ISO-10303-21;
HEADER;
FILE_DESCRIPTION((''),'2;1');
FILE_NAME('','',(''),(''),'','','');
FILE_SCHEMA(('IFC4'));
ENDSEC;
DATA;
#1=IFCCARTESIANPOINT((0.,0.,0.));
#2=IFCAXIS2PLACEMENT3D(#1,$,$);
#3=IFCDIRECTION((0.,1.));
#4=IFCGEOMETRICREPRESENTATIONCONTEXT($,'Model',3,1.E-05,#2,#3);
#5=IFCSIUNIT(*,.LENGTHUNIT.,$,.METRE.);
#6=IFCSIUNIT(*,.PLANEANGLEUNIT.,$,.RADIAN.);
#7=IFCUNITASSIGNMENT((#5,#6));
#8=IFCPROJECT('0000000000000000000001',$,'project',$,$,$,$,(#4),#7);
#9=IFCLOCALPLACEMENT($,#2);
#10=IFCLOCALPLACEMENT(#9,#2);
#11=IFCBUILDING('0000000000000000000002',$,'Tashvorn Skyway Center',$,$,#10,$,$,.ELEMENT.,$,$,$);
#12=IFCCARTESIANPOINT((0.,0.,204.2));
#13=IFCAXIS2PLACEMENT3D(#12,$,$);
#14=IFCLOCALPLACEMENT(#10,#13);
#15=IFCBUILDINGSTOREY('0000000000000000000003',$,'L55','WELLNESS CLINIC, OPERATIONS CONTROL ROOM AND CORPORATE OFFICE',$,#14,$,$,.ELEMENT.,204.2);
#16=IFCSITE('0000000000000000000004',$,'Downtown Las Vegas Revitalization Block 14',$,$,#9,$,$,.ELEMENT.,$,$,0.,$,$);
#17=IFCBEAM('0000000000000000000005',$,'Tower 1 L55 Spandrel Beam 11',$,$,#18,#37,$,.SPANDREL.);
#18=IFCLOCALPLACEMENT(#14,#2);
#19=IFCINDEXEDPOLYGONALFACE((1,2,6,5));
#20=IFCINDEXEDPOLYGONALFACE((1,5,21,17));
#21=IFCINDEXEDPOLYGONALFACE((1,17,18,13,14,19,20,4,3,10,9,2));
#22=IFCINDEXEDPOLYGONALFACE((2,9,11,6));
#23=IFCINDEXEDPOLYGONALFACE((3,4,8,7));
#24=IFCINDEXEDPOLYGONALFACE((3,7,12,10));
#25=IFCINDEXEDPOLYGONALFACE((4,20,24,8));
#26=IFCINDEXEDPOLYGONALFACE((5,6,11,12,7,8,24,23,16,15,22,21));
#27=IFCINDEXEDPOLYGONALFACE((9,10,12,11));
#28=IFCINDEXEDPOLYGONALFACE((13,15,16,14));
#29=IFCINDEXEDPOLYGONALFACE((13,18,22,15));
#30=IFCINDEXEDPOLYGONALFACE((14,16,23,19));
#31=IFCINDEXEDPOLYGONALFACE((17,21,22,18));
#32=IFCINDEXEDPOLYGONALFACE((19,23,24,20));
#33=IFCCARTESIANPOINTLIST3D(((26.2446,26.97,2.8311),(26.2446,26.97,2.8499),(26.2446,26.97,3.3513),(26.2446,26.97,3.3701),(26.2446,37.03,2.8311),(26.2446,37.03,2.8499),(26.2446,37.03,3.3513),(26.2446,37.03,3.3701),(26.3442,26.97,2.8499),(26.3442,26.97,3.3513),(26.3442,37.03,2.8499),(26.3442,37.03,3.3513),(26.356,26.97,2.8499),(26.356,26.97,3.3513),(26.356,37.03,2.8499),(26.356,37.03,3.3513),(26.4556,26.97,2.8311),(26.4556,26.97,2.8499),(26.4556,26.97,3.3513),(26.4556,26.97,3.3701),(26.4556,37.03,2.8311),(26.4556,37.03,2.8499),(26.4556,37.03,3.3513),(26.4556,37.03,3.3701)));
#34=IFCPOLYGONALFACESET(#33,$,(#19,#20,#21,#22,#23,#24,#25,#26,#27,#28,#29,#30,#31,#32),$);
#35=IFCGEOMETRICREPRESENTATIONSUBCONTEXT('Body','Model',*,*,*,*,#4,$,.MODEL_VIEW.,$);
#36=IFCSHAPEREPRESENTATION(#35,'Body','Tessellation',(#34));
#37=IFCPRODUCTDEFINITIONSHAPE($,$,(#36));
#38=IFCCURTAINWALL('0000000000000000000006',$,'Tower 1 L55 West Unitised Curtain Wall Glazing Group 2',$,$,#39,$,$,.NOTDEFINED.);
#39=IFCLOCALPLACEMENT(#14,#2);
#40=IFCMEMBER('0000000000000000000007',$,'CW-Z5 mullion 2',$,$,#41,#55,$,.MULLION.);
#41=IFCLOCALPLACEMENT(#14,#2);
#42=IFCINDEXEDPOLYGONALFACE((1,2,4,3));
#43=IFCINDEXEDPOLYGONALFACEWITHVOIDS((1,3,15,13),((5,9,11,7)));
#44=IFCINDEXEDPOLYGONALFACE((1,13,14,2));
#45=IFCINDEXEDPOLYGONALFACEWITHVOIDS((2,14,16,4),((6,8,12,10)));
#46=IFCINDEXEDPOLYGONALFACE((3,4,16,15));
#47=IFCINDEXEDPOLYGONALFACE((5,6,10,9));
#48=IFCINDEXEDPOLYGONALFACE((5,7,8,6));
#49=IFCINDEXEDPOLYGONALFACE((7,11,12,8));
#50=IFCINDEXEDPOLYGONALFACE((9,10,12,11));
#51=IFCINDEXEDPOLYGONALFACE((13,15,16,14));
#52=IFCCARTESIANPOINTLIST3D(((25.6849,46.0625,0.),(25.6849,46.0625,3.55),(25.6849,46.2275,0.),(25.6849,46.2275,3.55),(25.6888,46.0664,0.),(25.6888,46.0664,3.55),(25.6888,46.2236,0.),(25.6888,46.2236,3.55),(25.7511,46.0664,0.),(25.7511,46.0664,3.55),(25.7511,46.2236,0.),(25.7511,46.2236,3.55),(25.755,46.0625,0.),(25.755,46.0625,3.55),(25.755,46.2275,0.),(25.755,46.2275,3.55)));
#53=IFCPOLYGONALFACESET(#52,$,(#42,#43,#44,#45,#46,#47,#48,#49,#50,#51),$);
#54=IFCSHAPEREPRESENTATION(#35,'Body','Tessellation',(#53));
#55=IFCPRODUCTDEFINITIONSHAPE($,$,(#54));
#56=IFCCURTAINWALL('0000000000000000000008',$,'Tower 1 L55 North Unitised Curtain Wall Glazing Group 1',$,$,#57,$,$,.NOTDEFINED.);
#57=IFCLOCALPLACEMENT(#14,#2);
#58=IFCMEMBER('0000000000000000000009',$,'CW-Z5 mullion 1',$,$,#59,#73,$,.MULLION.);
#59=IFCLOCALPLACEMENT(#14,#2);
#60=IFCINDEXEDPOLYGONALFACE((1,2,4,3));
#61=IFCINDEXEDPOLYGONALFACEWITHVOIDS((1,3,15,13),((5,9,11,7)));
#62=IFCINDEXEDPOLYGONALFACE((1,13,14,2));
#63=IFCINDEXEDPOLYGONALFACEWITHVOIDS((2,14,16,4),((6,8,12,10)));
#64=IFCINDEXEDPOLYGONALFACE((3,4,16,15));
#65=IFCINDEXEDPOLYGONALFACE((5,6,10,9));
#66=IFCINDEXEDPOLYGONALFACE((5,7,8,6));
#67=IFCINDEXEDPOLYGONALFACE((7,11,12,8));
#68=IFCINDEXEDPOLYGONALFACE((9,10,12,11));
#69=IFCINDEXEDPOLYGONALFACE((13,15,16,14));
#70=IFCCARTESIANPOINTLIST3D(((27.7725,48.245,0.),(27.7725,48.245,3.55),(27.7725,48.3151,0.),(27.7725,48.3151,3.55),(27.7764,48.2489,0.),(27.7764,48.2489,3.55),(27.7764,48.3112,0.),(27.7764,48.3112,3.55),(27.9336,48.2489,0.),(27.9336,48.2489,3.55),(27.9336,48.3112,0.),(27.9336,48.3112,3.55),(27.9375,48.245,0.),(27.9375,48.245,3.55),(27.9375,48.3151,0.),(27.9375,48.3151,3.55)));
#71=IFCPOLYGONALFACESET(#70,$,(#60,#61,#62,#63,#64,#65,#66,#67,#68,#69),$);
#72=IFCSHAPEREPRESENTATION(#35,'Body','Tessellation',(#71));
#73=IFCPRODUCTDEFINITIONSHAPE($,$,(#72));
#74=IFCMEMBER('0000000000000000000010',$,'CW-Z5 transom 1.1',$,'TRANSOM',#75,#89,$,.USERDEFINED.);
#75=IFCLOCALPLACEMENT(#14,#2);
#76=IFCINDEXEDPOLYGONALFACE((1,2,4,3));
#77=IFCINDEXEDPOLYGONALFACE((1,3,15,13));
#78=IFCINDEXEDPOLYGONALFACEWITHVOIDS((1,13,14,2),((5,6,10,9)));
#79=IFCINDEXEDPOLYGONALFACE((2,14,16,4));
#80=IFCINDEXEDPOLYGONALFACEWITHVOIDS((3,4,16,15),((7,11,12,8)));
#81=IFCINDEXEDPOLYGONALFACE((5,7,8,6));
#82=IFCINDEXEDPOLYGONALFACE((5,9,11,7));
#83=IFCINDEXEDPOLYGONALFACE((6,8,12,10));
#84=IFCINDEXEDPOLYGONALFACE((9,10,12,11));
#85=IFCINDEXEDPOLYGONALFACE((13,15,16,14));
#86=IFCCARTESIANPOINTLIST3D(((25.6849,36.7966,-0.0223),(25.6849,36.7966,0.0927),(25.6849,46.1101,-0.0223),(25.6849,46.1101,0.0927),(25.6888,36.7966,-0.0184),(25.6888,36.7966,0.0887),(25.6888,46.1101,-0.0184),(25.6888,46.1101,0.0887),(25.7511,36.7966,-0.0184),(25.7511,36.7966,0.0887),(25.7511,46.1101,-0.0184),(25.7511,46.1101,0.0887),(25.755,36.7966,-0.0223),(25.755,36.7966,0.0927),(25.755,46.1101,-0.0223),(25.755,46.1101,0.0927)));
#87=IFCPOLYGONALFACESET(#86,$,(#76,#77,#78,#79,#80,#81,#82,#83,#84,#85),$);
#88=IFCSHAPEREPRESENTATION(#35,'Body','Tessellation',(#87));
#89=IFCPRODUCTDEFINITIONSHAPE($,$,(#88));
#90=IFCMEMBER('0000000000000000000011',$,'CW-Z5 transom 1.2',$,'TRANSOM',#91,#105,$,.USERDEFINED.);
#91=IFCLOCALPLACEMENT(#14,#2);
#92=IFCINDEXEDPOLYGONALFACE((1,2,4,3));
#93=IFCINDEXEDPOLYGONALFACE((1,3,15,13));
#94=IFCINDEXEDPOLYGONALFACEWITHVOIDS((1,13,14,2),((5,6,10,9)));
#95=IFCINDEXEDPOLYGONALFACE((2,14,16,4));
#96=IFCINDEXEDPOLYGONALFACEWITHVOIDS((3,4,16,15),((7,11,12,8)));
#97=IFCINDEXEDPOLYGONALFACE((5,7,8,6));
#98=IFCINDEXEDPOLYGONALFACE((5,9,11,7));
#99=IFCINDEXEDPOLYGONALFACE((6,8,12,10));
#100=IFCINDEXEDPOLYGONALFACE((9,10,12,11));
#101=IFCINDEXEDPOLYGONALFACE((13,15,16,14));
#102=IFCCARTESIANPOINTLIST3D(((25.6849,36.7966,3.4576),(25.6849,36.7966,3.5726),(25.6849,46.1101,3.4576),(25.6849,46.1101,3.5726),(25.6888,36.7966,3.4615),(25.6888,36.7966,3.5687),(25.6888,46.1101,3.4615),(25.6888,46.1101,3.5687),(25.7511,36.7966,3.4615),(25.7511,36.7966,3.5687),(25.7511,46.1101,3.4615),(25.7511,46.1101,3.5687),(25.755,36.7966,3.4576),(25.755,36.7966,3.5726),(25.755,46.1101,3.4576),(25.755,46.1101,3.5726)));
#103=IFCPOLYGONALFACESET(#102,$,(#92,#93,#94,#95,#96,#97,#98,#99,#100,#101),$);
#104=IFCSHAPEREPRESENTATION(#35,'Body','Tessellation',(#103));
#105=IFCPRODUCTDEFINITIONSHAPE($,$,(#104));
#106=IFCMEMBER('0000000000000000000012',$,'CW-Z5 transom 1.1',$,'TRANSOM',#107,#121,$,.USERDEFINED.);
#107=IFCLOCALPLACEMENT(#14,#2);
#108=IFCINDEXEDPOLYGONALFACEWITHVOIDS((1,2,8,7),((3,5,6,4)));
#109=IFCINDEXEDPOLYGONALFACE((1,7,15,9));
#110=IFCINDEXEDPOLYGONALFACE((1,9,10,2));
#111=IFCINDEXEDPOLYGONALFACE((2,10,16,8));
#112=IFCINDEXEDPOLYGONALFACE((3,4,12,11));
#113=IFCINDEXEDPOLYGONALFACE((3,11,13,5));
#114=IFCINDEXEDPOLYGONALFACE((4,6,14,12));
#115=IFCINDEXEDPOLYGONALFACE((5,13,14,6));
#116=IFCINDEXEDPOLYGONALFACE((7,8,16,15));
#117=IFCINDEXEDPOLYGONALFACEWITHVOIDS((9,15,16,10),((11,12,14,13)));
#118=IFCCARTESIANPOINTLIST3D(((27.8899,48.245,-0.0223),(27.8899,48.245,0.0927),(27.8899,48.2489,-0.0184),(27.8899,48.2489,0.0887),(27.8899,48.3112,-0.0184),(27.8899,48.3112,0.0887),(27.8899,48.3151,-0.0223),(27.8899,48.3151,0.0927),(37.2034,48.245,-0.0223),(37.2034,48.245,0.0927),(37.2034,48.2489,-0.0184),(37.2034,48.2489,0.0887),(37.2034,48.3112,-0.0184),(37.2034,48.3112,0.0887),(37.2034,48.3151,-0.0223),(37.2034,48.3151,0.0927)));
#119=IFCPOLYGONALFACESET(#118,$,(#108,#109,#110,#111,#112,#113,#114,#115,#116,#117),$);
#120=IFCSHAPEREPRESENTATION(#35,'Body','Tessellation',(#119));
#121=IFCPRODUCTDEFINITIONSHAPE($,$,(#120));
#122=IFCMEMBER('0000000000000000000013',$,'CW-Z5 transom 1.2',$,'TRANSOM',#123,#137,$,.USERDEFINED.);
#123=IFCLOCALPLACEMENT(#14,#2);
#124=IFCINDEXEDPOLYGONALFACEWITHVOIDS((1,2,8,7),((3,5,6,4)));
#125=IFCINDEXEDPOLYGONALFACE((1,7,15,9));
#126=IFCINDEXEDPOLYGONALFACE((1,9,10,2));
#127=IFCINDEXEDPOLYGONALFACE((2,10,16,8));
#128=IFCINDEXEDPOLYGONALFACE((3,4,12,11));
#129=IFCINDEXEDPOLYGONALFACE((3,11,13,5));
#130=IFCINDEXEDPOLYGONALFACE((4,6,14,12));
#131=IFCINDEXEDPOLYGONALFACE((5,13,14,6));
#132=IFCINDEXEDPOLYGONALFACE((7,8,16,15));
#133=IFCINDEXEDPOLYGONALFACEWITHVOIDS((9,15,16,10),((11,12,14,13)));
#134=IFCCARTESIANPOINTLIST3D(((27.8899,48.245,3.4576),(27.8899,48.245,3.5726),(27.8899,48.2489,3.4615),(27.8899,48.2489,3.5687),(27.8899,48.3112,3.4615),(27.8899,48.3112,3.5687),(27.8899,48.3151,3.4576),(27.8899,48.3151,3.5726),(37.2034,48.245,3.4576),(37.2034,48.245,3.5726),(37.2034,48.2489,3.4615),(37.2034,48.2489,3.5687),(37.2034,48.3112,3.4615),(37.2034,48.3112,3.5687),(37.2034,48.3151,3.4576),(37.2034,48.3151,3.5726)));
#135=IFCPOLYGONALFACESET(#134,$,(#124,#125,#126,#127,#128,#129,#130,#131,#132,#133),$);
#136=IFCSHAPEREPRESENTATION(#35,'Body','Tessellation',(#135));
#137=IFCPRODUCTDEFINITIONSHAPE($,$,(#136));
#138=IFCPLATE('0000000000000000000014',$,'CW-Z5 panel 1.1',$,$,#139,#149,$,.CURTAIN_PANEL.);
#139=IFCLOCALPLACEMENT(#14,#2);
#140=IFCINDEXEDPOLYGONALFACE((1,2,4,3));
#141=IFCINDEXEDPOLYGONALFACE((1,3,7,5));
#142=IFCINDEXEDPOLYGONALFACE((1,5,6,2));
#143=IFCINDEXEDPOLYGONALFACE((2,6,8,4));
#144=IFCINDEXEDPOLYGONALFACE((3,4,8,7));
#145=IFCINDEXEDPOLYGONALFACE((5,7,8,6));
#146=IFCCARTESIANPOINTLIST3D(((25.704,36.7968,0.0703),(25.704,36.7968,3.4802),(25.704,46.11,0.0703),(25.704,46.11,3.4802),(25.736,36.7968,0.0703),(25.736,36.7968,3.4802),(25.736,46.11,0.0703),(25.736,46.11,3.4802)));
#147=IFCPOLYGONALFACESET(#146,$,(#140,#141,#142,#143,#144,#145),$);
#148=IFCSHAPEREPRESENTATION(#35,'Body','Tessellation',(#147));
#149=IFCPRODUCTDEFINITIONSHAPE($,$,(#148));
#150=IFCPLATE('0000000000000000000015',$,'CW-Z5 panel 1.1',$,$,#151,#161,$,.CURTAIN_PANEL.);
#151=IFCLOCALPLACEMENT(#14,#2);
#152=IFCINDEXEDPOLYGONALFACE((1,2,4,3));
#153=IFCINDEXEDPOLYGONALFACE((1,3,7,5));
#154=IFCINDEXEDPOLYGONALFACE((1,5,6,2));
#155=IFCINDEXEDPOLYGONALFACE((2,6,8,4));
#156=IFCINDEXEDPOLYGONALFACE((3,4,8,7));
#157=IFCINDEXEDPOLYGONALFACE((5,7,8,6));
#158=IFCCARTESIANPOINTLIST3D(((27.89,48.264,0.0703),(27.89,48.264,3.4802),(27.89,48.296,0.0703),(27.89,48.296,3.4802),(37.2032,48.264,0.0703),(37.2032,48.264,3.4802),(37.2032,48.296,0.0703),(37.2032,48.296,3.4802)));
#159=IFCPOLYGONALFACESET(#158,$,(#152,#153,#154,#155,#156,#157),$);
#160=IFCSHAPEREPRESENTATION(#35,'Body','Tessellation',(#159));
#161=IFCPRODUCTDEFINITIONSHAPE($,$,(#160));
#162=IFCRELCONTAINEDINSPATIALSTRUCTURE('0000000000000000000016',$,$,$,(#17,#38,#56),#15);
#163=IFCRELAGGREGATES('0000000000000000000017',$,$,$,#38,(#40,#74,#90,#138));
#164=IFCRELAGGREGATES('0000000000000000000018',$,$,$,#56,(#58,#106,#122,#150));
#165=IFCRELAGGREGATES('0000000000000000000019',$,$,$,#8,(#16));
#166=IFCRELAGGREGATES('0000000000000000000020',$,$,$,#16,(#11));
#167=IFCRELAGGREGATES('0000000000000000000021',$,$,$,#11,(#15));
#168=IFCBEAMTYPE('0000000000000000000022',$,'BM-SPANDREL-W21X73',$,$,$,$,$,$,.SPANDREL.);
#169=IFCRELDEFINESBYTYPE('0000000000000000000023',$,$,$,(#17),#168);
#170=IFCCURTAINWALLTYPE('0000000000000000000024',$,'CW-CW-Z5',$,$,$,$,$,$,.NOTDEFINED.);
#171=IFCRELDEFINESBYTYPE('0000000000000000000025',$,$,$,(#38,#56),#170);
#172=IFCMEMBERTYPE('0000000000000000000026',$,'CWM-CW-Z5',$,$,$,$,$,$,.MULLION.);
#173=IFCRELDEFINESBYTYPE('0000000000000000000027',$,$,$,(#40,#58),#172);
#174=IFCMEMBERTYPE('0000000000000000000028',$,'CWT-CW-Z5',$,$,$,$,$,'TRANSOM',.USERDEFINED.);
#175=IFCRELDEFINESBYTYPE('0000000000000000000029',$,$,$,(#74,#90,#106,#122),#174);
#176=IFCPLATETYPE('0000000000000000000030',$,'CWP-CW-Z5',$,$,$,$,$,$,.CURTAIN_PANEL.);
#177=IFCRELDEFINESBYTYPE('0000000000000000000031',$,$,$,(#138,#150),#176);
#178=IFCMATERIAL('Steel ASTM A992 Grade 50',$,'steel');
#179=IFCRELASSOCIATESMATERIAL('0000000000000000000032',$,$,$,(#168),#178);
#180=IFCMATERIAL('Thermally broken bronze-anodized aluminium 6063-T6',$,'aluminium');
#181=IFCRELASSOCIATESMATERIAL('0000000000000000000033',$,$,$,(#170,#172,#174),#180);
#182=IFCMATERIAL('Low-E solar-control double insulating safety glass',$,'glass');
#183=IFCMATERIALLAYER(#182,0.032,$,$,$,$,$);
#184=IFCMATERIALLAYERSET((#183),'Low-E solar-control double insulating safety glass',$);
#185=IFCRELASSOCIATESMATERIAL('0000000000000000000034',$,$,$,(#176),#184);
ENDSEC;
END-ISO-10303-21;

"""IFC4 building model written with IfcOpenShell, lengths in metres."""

from ifc_helpers import new_model, si_unit, direction, frame, origin, origin_2d, place, context, subcontext, project, spatial, rectangle, hollow_rectangle, i_section, extrude, material, layer, layer_set, material_profile, profile_set, type_object, element, aggregate, save


model = new_model("IFC4")

# Units and contexts
model_context = context("Model", 3, precision=1e-05, world=origin(), true_north=direction((0.0, 1.0)))
body_context = subcontext(model_context, "Body", "Model", "MODEL_VIEW")
ifc_project = project(units=[si_unit("LENGTHUNIT", "METRE"), si_unit("PLANEANGLEUNIT", "RADIAN")], contexts=[model_context])

# Site, building, storey
site_placement = place(None, origin())
site = spatial("IfcSite", under=ifc_project, at=site_placement, Name="Downtown Las Vegas Revitalization Block 14", CompositionType="ELEMENT", RefElevation=0.0)
building_placement = place(site_placement, origin())
building = spatial("IfcBuilding", under=site, at=building_placement, Name="Tashvorn Skyway Center", CompositionType="ELEMENT")
storey_placement = place(building_placement, frame((0.0, 0.0, 204.2)))
storey = spatial("IfcBuildingStorey", under=building, at=storey_placement, Name="L55", Description="WELLNESS CLINIC, OPERATIONS CONTROL ROOM AND CORPORATE OFFICE", CompositionType="ELEMENT", Elevation=204.2)

# Beam
ifc_material_1 = material(Name="Steel ASTM A992 Grade 50", Category="steel")
ifc_material_profile_1 = material_profile(ifc_material_1, i_section(OverallWidth=0.2109, OverallDepth=0.5391, WebThickness=0.0117, FlangeThickness=0.0188, at=origin_2d()), Name="W21X73")
ifc_profile_set_1 = profile_set([ifc_material_profile_1], Name="Steel ASTM A992 Grade 50")
beam_type_1 = type_object("IfcBeamType", Name="BM-SPANDREL-W21X73", PredefinedType="SPANDREL", material=ifc_profile_set_1)
beam_1_placement = place(storey_placement, frame((26.3501, 37.03, 3.1006), z_axis=(0.0, -1.0, 0.0), x_axis=(1.0, 0.0, 0.0)))
element("IfcBeam", 1, at=beam_1_placement, inside=storey, type_object=beam_type_1, Name="Tower 1 L55 Spandrel Beam 11", PredefinedType="SPANDREL", context=body_context, shape_type="SweptSolid", body=[
    extrude(i_section(OverallWidth=0.2109, OverallDepth=0.5391, WebThickness=0.0117, FlangeThickness=0.0188, at=origin_2d()), origin(), (0.0, 0.0, 1.0), 10.0601),
])

# Curtain walls, members
ifc_material_2 = material(Name="Thermally broken bronze-anodized aluminium 6063-T6", Category="aluminium")
curtain_wall_type = type_object("IfcCurtainWallType", Name="CW-CW-Z5", PredefinedType="NOTDEFINED", material=ifc_material_2)
curtain_wall_1_placement = place(storey_placement, origin())
curtain_wall_1 = element("IfcCurtainWall", 2, at=curtain_wall_1_placement, inside=storey, type_object=curtain_wall_type, Name="Tower 1 L55 West Unitised Curtain Wall Glazing Group 2", PredefinedType="NOTDEFINED")
ifc_material_profile_2 = material_profile(ifc_material_2, hollow_rectangle(XDim=0.0701, YDim=0.165, WallThickness=0.0039, at=origin_2d()), Name="ALU-MULL-70x165")
ifc_profile_set_2 = profile_set([ifc_material_profile_2], Name="Thermally broken bronze-anodized aluminium 6063-T6")
member_type_1 = type_object("IfcMemberType", Name="CWM-CW-Z5", PredefinedType="MULLION", material=ifc_profile_set_2)
member_1_placement = place(storey_placement, frame((25.72, 46.145, 0.0), z_axis=(0.0, 0.0, 1.0), x_axis=(-1.0, 0.0, 0.0)))
member_1 = element("IfcMember", 3, at=member_1_placement, type_object=member_type_1, Name="CW-Z5 mullion 2", PredefinedType="MULLION", context=body_context, shape_type="SweptSolid", body=[
    extrude(hollow_rectangle(XDim=0.0701, YDim=0.165, WallThickness=0.0039, at=origin_2d()), origin(), (0.0, 0.0, 1.0), 3.55),
])
curtain_wall_2_placement = place(storey_placement, origin())
curtain_wall_2 = element("IfcCurtainWall", 4, at=curtain_wall_2_placement, inside=storey, type_object=curtain_wall_type, Name="Tower 1 L55 North Unitised Curtain Wall Glazing Group 1", PredefinedType="NOTDEFINED")
member_2_placement = place(storey_placement, frame((27.855, 48.28, 0.0), z_axis=(0.0, 0.0, 1.0), x_axis=(0.0, 1.0, 0.0)))
member_2 = element("IfcMember", 5, at=member_2_placement, type_object=member_type_1, Name="CW-Z5 mullion 1", PredefinedType="MULLION", context=body_context, shape_type="SweptSolid", body=[
    extrude(hollow_rectangle(XDim=0.0701, YDim=0.165, WallThickness=0.0039, at=origin_2d()), origin(), (0.0, 0.0, 1.0), 3.55),
])

# Members
ifc_material_profile_3 = material_profile(ifc_material_2, hollow_rectangle(XDim=0.0701, YDim=0.115, WallThickness=0.0039, at=origin_2d()), Name="ALU-TRAN-70x115")
ifc_profile_set_3 = profile_set([ifc_material_profile_3], Name="Thermally broken bronze-anodized aluminium 6063-T6")
member_type_2 = type_object("IfcMemberType", Name="CWT-CW-Z5", ElementType="TRANSOM", PredefinedType="USERDEFINED", material=ifc_profile_set_3)
member_3_placement = place(storey_placement, frame((25.72, 36.7966, 0.0352), z_axis=(0.0, 1.0, 0.0), x_axis=(-1.0, 0.0, 0.0)))
member_3 = element("IfcMember", 6, at=member_3_placement, type_object=member_type_2, Name="CW-Z5 transom 1.1", ObjectType="TRANSOM", PredefinedType="USERDEFINED", context=body_context, shape_type="SweptSolid", body=[
    extrude(hollow_rectangle(XDim=0.0701, YDim=0.115, WallThickness=0.0039, at=origin_2d()), origin(), (0.0, 0.0, 1.0), 9.3135),
])
member_4_placement = place(storey_placement, frame((25.72, 36.7966, 3.5151), z_axis=(0.0, 1.0, 0.0), x_axis=(-1.0, 0.0, 0.0)))
member_4 = element("IfcMember", 7, at=member_4_placement, type_object=member_type_2, Name="CW-Z5 transom 1.2", ObjectType="TRANSOM", PredefinedType="USERDEFINED", context=body_context, shape_type="SweptSolid", body=[
    extrude(hollow_rectangle(XDim=0.0701, YDim=0.115, WallThickness=0.0039, at=origin_2d()), origin(), (0.0, 0.0, 1.0), 9.3135),
])
member_5_placement = place(storey_placement, frame((27.8899, 48.28, 0.0352), z_axis=(1.0, 0.0, 0.0), x_axis=(0.0, 1.0, 0.0)))
member_5 = element("IfcMember", 8, at=member_5_placement, type_object=member_type_2, Name="CW-Z5 transom 1.1", ObjectType="TRANSOM", PredefinedType="USERDEFINED", context=body_context, shape_type="SweptSolid", body=[
    extrude(hollow_rectangle(XDim=0.0701, YDim=0.115, WallThickness=0.0039, at=origin_2d()), origin(), (0.0, 0.0, 1.0), 9.3135),
])
member_6_placement = place(storey_placement, frame((27.8899, 48.28, 3.5151), z_axis=(1.0, 0.0, 0.0), x_axis=(0.0, 1.0, 0.0)))
member_6 = element("IfcMember", 9, at=member_6_placement, type_object=member_type_2, Name="CW-Z5 transom 1.2", ObjectType="TRANSOM", PredefinedType="USERDEFINED", context=body_context, shape_type="SweptSolid", body=[
    extrude(hollow_rectangle(XDim=0.0701, YDim=0.115, WallThickness=0.0039, at=origin_2d()), origin(), (0.0, 0.0, 1.0), 9.3135),
])

# Plates
ifc_material_3 = material(Name="Low-E solar-control double insulating safety glass", Category="glass")
ifc_layer_1 = layer(ifc_material_3, 0.032)
ifc_layer_set_1 = layer_set([ifc_layer_1], Name="Low-E solar-control double insulating safety glass")
plate_type = type_object("IfcPlateType", Name="CWP-CW-Z5", PredefinedType="CURTAIN_PANEL", material=ifc_layer_set_1)
plate_1_placement = place(storey_placement, frame((25.72, 41.4534, 0.0703), z_axis=(0.0, 0.0, 1.0), x_axis=(0.0, 1.0, 0.0)))
plate_1 = element("IfcPlate", 10, at=plate_1_placement, type_object=plate_type, Name="CW-Z5 panel 1.1", PredefinedType="CURTAIN_PANEL", context=body_context, shape_type="SweptSolid", body=[
    extrude(rectangle(XDim=9.3132, YDim=0.032, at=origin_2d()), origin(), (0.0, 0.0, 1.0), 3.4099),
])
aggregate(curtain_wall_1, [member_1, member_3, member_4, plate_1])
plate_2_placement = place(storey_placement, frame((32.5466, 48.28, 0.0703), z_axis=(0.0, 0.0, 1.0), x_axis=(1.0, 0.0, 0.0)))
plate_2 = element("IfcPlate", 11, at=plate_2_placement, type_object=plate_type, Name="CW-Z5 panel 1.1", PredefinedType="CURTAIN_PANEL", context=body_context, shape_type="SweptSolid", body=[
    extrude(rectangle(XDim=9.3132, YDim=0.032, at=origin_2d()), origin(), (0.0, 0.0, 1.0), 3.4099),
])
aggregate(curtain_wall_2, [member_2, member_5, member_6, plate_2])

save(model, "model.ifc")
